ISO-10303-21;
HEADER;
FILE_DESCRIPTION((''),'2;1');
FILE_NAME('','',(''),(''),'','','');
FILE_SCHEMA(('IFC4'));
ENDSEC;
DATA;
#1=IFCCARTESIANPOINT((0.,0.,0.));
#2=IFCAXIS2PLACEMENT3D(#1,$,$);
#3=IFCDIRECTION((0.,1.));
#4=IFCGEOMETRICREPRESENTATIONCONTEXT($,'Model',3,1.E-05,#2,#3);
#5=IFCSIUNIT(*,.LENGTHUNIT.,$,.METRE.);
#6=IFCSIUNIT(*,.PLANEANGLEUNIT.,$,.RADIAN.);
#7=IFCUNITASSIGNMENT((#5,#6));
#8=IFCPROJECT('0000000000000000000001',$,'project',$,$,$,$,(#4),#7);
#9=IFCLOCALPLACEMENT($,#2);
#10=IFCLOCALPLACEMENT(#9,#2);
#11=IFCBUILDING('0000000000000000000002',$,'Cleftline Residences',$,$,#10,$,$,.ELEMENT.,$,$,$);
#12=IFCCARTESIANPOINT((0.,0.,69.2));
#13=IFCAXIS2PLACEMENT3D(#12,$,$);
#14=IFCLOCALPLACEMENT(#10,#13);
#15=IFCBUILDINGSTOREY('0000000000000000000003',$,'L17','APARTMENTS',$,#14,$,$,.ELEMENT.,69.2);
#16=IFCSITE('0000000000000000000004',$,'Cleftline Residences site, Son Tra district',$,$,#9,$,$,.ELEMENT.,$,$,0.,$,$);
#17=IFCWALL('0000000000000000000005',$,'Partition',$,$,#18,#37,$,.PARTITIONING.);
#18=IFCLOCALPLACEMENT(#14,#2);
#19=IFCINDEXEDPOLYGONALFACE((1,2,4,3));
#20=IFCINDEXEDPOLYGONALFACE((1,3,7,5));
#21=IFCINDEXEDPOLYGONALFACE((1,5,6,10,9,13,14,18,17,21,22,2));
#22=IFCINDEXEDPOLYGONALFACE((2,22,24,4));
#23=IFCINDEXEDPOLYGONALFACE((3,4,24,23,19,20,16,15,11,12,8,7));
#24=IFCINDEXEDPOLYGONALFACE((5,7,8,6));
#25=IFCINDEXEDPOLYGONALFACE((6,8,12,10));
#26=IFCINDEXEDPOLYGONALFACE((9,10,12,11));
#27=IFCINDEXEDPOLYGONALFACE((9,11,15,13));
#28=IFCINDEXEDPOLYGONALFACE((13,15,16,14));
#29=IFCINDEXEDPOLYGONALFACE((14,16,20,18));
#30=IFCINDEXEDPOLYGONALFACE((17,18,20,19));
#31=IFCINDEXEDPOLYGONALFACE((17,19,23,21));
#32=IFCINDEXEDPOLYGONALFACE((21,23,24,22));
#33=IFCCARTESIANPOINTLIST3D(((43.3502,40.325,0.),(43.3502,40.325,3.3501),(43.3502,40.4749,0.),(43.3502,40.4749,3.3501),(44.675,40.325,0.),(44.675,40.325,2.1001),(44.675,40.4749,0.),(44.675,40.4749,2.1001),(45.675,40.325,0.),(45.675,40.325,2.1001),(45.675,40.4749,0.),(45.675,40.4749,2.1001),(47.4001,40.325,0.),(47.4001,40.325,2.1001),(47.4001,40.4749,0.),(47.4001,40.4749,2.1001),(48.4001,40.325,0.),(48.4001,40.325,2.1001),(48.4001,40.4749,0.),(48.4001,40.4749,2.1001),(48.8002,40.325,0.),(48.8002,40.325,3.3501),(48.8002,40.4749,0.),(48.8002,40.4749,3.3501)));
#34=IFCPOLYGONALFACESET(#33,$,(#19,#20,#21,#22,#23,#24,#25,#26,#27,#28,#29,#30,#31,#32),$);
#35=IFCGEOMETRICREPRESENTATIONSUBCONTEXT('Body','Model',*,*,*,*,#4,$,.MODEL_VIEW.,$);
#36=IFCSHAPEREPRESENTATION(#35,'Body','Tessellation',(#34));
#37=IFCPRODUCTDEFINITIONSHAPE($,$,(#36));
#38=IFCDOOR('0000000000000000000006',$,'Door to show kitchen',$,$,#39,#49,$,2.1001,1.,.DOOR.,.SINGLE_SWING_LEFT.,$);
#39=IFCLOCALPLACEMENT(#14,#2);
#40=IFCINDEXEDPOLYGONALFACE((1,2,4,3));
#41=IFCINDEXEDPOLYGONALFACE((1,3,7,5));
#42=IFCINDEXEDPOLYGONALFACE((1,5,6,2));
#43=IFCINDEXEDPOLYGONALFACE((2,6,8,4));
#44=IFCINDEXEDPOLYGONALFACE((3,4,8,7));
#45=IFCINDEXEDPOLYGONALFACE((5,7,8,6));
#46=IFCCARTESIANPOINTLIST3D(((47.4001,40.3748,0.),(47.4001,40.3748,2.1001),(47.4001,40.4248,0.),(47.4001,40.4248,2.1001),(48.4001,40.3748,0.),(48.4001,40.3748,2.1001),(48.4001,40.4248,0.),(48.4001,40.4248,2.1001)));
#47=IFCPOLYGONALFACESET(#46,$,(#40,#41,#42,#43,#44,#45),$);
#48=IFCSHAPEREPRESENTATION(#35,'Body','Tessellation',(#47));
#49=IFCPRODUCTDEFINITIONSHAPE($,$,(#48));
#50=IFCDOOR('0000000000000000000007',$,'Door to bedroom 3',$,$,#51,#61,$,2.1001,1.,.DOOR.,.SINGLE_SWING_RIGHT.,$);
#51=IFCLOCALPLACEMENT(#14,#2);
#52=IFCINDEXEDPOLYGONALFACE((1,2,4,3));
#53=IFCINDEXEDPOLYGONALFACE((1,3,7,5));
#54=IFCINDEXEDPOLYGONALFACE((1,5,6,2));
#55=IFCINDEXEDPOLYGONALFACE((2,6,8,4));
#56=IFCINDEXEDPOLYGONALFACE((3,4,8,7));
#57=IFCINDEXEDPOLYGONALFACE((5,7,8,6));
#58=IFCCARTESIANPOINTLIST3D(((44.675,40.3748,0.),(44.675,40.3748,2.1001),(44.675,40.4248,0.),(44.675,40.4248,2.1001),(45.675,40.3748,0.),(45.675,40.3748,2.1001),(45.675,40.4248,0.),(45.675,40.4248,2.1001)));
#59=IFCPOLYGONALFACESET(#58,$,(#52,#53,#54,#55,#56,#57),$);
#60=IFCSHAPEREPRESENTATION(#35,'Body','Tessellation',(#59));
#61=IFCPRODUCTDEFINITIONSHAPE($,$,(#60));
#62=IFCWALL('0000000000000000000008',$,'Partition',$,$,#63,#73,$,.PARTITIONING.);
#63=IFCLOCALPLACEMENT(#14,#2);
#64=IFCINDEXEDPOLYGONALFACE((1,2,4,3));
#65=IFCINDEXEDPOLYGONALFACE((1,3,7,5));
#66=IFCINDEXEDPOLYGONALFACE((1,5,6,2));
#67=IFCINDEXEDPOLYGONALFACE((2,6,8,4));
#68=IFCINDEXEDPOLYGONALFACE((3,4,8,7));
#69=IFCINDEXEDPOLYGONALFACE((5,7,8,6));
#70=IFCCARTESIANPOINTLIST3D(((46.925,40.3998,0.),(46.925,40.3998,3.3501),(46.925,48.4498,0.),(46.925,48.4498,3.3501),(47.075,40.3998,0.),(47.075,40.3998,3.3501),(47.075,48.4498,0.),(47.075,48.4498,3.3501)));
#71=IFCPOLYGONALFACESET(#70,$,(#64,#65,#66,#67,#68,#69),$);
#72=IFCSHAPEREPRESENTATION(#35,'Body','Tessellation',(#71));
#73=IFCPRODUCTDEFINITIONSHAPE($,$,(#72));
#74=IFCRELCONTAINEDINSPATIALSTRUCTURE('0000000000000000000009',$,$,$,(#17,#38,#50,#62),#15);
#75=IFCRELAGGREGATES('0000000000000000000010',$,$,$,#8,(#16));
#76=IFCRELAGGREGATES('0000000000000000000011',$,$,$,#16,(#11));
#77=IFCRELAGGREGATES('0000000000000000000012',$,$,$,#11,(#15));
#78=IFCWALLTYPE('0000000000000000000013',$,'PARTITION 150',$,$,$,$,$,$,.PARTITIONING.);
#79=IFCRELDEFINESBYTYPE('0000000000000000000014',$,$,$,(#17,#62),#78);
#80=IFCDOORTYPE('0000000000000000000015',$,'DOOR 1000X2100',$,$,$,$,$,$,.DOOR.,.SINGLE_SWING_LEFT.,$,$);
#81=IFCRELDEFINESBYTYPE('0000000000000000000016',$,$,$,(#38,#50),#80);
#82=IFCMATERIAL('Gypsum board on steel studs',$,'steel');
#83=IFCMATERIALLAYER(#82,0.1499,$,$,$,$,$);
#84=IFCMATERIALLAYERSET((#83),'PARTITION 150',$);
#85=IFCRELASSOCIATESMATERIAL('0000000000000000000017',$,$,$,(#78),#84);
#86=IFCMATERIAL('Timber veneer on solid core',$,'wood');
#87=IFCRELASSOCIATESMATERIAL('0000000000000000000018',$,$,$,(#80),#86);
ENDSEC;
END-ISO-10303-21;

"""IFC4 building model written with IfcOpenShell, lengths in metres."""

from ifc_helpers import new_model, si_unit, direction, frame, frame_2d, origin, place, context, subcontext, project, spatial, rectangle, extrude, material, layer, layer_set, type_object, element, fill, save


model = new_model("IFC4")

# Units and contexts
model_context = context("Model", 3, precision=1e-05, world=origin(), true_north=direction((0.0, 1.0)))
body_context = subcontext(model_context, "Body", "Model", "MODEL_VIEW")
ifc_project = project(units=[si_unit("LENGTHUNIT", "METRE"), si_unit("PLANEANGLEUNIT", "RADIAN")], contexts=[model_context])

# Site, building, storey
site_placement = place(None, origin())
site = spatial("IfcSite", under=ifc_project, at=site_placement, Name="Cleftline Residences site, Son Tra district", CompositionType="ELEMENT", RefElevation=0.0)
building_placement = place(site_placement, origin())
building = spatial("IfcBuilding", under=site, at=building_placement, Name="Cleftline Residences", CompositionType="ELEMENT")
storey_placement = place(building_placement, frame((0.0, 0.0, 69.2)))
storey = spatial("IfcBuildingStorey", under=building, at=storey_placement, Name="L17", Description="APARTMENTS", CompositionType="ELEMENT", Elevation=69.2)

# Wall, openings, doors
ifc_material_1 = material(Name="Gypsum board on steel studs", Category="steel")
ifc_layer_1 = layer(ifc_material_1, 0.1499)
ifc_layer_set_1 = layer_set([ifc_layer_1], Name="PARTITION 150")
wall_type = type_object("IfcWallType", Name="PARTITION 150", PredefinedType="PARTITIONING", material=ifc_layer_set_1)
ifc_material_2 = material(Name="Timber veneer on solid core", Category="wood")
door_type_1 = type_object("IfcDoorType", Name="DOOR 1000X2100", OperationType="SINGLE_SWING_LEFT", PredefinedType="DOOR", material=ifc_material_2)
wall_1_placement = place(storey_placement, frame((43.3501, 40.3999, 0.0), z_axis=(0.0, 0.0, 1.0), x_axis=(1.0, 0.0, 0.0)))
wall_1 = element("IfcWall", 1, at=wall_1_placement, inside=storey, type_object=wall_type, Name="Partition", PredefinedType="PARTITIONING", context=body_context, shape_type="SweptSolid", body=[
    extrude(rectangle(XDim=5.45, YDim=0.1499, at=frame_2d((2.7251, 0.0))), origin(), (0.0, 0.0, 1.0), 3.3501),
])
opening_1_placement = place(wall_1_placement, frame((4.05, 0.0, 0.0)))
opening_1 = element("IfcOpeningElement", 2, at=opening_1_placement, cuts=wall_1, PredefinedType="OPENING", context=body_context, shape_type="SweptSolid", body=[
    extrude(rectangle(XDim=1.0, YDim=2.1001, at=frame_2d((0.5, 1.05))), frame((0.0, 0.085, 0.0), z_axis=(0.0, -1.0, 0.0), x_axis=(1.0, 0.0, 0.0)), (0.0, 0.0, 1.0), 0.1699),
])
opening_2_placement = place(wall_1_placement, frame((1.325, 0.0, 0.0)))
opening_2 = element("IfcOpeningElement", 3, at=opening_2_placement, cuts=wall_1, PredefinedType="OPENING", context=body_context, shape_type="SweptSolid", body=[
    extrude(rectangle(XDim=1.0, YDim=2.1001, at=frame_2d((0.5, 1.05))), frame((0.0, 0.085, 0.0), z_axis=(0.0, -1.0, 0.0), x_axis=(1.0, 0.0, 0.0)), (0.0, 0.0, 1.0), 0.1699),
])
door_1_placement = place(opening_1_placement, origin())
door_1 = element("IfcDoor", 4, at=door_1_placement, inside=storey, type_object=door_type_1, Name="Door to show kitchen", OperationType="SINGLE_SWING_LEFT", OverallHeight=2.1001, OverallWidth=1.0, PredefinedType="DOOR", context=body_context, shape_type="SweptSolid", body=[
    extrude(rectangle(XDim=1.0, YDim=2.1001, at=frame_2d((0.5, 1.05))), frame((0.0, 0.0249, 0.0), z_axis=(0.0, -1.0, 0.0), x_axis=(1.0, 0.0, 0.0)), (0.0, 0.0, 1.0), 0.05),
])
fill(opening_1, door_1)
door_2_placement = place(opening_2_placement, origin())
door_2 = element("IfcDoor", 5, at=door_2_placement, inside=storey, type_object=door_type_1, Name="Door to bedroom 3", OperationType="SINGLE_SWING_RIGHT", OverallHeight=2.1001, OverallWidth=1.0, PredefinedType="DOOR", context=body_context, shape_type="SweptSolid", body=[
    extrude(rectangle(XDim=1.0, YDim=2.1001, at=frame_2d((0.5, 1.05))), frame((0.0, 0.0249, 0.0), z_axis=(0.0, -1.0, 0.0), x_axis=(1.0, 0.0, 0.0)), (0.0, 0.0, 1.0), 0.05),
])
fill(opening_2, door_2)

# Wall
wall_2_placement = place(storey_placement, frame((47.0, 40.3999, 0.0), z_axis=(0.0, 0.0, 1.0), x_axis=(0.0, 1.0, 0.0)))
element("IfcWall", 6, at=wall_2_placement, inside=storey, type_object=wall_type, Name="Partition", PredefinedType="PARTITIONING", context=body_context, shape_type="SweptSolid", body=[
    extrude(rectangle(XDim=8.05, YDim=0.1499, at=frame_2d((4.0249, 0.0))), origin(), (0.0, 0.0, 1.0), 3.3501),
])

save(model, "model.ifc")
